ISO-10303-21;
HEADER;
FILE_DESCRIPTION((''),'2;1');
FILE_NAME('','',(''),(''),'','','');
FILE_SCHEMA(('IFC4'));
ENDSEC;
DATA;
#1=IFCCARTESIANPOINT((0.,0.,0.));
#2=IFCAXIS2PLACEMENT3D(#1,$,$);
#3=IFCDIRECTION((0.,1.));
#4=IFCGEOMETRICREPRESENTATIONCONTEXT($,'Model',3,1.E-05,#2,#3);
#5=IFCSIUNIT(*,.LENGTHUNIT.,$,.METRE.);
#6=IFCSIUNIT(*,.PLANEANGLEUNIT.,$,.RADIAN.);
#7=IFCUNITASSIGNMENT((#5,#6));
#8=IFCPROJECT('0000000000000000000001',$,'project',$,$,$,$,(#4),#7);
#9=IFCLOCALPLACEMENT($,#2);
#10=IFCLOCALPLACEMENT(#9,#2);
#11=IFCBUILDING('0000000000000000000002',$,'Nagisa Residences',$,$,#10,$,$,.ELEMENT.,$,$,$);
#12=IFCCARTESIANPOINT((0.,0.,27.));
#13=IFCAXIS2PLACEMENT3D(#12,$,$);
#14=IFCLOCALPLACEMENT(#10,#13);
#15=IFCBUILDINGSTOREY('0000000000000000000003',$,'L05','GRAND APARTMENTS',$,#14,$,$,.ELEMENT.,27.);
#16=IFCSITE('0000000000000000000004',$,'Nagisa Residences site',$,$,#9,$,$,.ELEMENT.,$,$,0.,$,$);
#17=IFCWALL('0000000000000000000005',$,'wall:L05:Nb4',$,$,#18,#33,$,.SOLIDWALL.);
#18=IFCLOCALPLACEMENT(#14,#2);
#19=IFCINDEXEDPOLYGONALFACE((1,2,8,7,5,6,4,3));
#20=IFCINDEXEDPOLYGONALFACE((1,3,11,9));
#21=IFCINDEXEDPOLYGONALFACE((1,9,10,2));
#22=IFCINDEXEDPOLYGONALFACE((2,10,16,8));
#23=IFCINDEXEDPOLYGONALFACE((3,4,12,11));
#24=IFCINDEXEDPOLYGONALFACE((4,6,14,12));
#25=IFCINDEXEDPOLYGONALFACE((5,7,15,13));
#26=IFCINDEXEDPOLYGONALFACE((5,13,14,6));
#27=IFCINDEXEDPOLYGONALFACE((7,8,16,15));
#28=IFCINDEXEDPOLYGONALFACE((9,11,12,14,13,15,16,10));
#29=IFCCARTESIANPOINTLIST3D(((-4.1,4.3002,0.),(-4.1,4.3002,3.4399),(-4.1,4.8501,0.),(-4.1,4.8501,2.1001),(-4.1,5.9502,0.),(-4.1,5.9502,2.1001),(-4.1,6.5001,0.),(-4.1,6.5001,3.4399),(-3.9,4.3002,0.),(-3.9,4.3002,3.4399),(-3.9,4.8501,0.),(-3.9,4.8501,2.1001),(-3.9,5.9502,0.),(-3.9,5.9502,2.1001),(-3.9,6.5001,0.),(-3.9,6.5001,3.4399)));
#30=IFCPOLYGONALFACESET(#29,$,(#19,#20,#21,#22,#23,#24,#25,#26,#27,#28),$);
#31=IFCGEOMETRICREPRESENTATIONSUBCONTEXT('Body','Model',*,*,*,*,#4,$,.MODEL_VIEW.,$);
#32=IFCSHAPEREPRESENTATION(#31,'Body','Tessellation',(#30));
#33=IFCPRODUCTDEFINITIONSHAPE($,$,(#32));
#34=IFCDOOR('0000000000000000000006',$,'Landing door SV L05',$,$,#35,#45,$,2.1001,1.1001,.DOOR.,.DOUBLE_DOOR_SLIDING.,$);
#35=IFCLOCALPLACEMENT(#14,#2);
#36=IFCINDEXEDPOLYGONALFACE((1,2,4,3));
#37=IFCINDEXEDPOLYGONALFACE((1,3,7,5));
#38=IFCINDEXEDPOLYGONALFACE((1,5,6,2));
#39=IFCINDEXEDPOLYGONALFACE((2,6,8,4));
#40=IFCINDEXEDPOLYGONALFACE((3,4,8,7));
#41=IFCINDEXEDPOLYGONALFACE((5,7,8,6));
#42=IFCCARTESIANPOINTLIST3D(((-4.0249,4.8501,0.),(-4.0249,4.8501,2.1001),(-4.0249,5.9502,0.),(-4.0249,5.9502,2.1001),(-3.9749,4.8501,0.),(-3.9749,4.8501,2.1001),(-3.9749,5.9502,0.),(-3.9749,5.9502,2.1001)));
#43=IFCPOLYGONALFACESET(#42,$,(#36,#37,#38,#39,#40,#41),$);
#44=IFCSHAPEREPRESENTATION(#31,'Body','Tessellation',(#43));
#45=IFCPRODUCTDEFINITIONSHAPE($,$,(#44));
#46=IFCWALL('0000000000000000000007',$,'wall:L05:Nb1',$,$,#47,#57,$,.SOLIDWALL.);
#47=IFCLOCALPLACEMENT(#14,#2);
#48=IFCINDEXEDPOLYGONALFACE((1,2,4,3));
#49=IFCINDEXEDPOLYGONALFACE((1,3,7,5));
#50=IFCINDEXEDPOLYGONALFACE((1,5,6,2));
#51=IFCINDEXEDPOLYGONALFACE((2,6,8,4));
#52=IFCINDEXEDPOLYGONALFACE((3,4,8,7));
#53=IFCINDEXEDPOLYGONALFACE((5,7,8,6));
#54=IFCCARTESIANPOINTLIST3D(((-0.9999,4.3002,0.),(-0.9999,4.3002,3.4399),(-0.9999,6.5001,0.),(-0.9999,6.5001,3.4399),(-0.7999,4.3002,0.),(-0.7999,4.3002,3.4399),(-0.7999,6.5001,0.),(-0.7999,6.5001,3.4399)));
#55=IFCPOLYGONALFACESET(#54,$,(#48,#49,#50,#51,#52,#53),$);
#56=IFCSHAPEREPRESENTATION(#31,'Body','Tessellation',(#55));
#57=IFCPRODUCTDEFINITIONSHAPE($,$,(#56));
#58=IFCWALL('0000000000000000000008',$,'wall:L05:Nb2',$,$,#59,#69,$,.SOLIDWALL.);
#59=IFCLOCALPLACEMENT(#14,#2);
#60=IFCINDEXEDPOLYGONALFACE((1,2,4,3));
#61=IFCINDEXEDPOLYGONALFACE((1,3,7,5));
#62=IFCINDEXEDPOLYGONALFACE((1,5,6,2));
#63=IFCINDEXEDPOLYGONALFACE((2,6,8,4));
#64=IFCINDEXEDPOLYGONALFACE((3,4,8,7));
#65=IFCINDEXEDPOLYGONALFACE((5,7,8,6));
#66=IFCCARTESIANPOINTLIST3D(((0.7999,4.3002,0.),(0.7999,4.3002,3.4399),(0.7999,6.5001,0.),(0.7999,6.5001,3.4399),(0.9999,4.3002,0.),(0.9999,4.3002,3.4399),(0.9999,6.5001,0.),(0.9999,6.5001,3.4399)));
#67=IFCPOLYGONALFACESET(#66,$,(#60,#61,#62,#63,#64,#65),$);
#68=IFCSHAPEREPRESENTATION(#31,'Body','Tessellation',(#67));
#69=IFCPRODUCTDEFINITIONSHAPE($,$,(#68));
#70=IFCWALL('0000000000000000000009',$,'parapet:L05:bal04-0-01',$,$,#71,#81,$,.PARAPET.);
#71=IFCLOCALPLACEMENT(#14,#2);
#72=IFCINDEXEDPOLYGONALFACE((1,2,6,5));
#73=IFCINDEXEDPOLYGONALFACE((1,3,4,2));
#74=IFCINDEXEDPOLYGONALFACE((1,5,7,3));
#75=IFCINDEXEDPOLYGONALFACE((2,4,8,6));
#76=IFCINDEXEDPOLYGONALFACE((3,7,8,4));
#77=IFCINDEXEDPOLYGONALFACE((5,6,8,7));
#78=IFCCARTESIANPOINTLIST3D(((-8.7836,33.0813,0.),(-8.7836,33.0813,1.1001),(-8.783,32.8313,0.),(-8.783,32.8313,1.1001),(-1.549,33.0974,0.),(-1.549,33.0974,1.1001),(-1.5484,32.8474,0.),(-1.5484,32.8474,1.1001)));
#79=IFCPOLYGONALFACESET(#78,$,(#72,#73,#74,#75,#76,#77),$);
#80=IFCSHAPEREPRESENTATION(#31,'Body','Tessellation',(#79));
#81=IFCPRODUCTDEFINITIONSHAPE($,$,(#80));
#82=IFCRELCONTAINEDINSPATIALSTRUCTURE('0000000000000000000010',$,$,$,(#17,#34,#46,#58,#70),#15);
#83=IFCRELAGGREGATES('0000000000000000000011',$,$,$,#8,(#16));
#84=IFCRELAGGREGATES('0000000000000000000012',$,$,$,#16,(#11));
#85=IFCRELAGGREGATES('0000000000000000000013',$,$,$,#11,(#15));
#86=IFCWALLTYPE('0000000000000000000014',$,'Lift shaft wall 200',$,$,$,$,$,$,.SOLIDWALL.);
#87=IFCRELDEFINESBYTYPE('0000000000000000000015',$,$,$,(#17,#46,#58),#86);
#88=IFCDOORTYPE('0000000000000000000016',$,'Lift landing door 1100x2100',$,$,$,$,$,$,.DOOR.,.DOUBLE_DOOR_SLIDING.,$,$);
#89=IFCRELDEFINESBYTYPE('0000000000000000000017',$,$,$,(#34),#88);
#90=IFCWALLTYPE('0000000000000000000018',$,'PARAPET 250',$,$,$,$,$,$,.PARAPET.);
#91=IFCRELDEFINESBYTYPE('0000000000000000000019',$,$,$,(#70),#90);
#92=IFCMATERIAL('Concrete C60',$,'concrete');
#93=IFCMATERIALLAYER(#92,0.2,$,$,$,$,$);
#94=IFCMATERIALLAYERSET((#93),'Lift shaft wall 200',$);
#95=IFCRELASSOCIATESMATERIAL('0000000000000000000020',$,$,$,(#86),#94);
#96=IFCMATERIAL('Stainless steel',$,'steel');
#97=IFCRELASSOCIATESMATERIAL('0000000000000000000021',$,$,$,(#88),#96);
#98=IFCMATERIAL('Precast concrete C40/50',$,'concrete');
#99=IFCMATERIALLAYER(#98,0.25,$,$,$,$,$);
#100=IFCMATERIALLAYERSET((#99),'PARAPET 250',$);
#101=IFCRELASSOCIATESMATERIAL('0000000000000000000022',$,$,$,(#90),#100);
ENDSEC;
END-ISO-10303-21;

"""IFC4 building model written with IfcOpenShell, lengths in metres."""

from ifc_helpers import new_model, si_unit, direction, frame, frame_2d, origin, place, context, subcontext, project, spatial, rectangle, extrude, material, layer, layer_set, type_object, element, fill, save


model = new_model("IFC4")

# Units and contexts
model_context = context("Model", 3, precision=1e-05, world=origin(), true_north=direction((0.0, 1.0)))
body_context = subcontext(model_context, "Body", "Model", "MODEL_VIEW")
ifc_project = project(units=[si_unit("LENGTHUNIT", "METRE"), si_unit("PLANEANGLEUNIT", "RADIAN")], contexts=[model_context])

# Site, building, storey
site_placement = place(None, origin())
site = spatial("IfcSite", under=ifc_project, at=site_placement, Name="Nagisa Residences site", CompositionType="ELEMENT", RefElevation=0.0)
building_placement = place(site_placement, origin())
building = spatial("IfcBuilding", under=site, at=building_placement, Name="Nagisa Residences", CompositionType="ELEMENT")
storey_placement = place(building_placement, frame((0.0, 0.0, 27.0)))
storey = spatial("IfcBuildingStorey", under=building, at=storey_placement, Name="L05", Description="GRAND APARTMENTS", CompositionType="ELEMENT", Elevation=27.0)

# Wall, opening, door
ifc_material_1 = material(Name="Concrete C60", Category="concrete")
ifc_layer_1 = layer(ifc_material_1, 0.2)
ifc_layer_set_1 = layer_set([ifc_layer_1], Name="Lift shaft wall 200")
wall_type_1 = type_object("IfcWallType", Name="Lift shaft wall 200", PredefinedType="SOLIDWALL", material=ifc_layer_set_1)
wall_1_placement = place(storey_placement, frame((-4.0, 4.3, 0.0), z_axis=(0.0, 0.0, 1.0), x_axis=(0.0, 1.0, 0.0)))
wall_1 = element("IfcWall", 1, at=wall_1_placement, inside=storey, type_object=wall_type_1, Name="wall:L05:Nb4", PredefinedType="SOLIDWALL", context=body_context, shape_type="SweptSolid", body=[
    extrude(rectangle(XDim=2.2, YDim=0.2, at=frame_2d((1.1001, 0.0))), origin(), (0.0, 0.0, 1.0), 3.4399),
])
opening_1_placement = place(wall_1_placement, frame((0.55, 0.0, 0.0)))
opening_1 = element("IfcOpeningElement", 2, at=opening_1_placement, cuts=wall_1, PredefinedType="OPENING", context=body_context, shape_type="SweptSolid", body=[
    extrude(rectangle(XDim=1.1001, YDim=2.1001, at=frame_2d((0.55, 1.05))), frame((0.0, 0.1099, 0.0), z_axis=(0.0, -1.0, 0.0), x_axis=(1.0, 0.0, 0.0)), (0.0, 0.0, 1.0), 0.22),
])
ifc_material_2 = material(Name="Stainless steel", Category="steel")
door_type_1 = type_object("IfcDoorType", Name="Lift landing door 1100x2100", OperationType="DOUBLE_DOOR_SLIDING", PredefinedType="DOOR", material=ifc_material_2)
door_1_placement = place(opening_1_placement, origin())
door_1 = element("IfcDoor", 3, at=door_1_placement, inside=storey, type_object=door_type_1, Name="Landing door SV L05", OperationType="DOUBLE_DOOR_SLIDING", OverallHeight=2.1001, OverallWidth=1.1001, PredefinedType="DOOR", context=body_context, shape_type="SweptSolid", body=[
    extrude(rectangle(XDim=1.1001, YDim=2.1001, at=frame_2d((0.55, 1.05))), frame((0.0, 0.0249, 0.0), z_axis=(0.0, -1.0, 0.0), x_axis=(1.0, 0.0, 0.0)), (0.0, 0.0, 1.0), 0.05),
])
fill(opening_1, door_1)

# Walls
for number, where, z_axis, x_axis, name in (
    (4, (-0.8999, 4.3, 0.0), (0.0, 0.0, 1.0), (0.0, 1.0, 0.0), "wall:L05:Nb1"),
    (5, (0.8999, 4.3, 0.0), (0.0, 0.0, 1.0), (0.0, 1.0, 0.0), "wall:L05:Nb2"),
):
    element("IfcWall", number, at=place(storey_placement, frame(where, z_axis=z_axis, x_axis=x_axis)), inside=storey, type_object=wall_type_1, Name=name, PredefinedType="SOLIDWALL", context=body_context, shape_type="SweptSolid", body=[
        extrude(rectangle(XDim=2.2, YDim=0.2, at=frame_2d((1.1001, 0.0))), origin(), (0.0, 0.0, 1.0), 3.4399),
    ])
ifc_material_3 = material(Name="Precast concrete C40/50", Category="concrete")
ifc_layer_2 = layer(ifc_material_3, 0.25)
ifc_layer_set_2 = layer_set([ifc_layer_2], Name="PARAPET 250")
wall_type_2 = type_object("IfcWallType", Name="PARAPET 250", PredefinedType="PARAPET", material=ifc_layer_set_2)
wall_2_placement = place(storey_placement, frame((-1.5488, 32.9724, 0.0), z_axis=(0.0, 0.0, 1.0), x_axis=(-0.999998, -0.002227, 0.0)))
element("IfcWall", 6, at=wall_2_placement, inside=storey, type_object=wall_type_2, Name="parapet:L05:bal04-0-01", PredefinedType="PARAPET", context=body_context, shape_type="SweptSolid", body=[
    extrude(rectangle(XDim=7.2346, YDim=0.25, at=frame_2d((3.6172, 0.0))), origin(), (0.0, 0.0, 1.0), 1.1001),
])

save(model, "model.ifc")
